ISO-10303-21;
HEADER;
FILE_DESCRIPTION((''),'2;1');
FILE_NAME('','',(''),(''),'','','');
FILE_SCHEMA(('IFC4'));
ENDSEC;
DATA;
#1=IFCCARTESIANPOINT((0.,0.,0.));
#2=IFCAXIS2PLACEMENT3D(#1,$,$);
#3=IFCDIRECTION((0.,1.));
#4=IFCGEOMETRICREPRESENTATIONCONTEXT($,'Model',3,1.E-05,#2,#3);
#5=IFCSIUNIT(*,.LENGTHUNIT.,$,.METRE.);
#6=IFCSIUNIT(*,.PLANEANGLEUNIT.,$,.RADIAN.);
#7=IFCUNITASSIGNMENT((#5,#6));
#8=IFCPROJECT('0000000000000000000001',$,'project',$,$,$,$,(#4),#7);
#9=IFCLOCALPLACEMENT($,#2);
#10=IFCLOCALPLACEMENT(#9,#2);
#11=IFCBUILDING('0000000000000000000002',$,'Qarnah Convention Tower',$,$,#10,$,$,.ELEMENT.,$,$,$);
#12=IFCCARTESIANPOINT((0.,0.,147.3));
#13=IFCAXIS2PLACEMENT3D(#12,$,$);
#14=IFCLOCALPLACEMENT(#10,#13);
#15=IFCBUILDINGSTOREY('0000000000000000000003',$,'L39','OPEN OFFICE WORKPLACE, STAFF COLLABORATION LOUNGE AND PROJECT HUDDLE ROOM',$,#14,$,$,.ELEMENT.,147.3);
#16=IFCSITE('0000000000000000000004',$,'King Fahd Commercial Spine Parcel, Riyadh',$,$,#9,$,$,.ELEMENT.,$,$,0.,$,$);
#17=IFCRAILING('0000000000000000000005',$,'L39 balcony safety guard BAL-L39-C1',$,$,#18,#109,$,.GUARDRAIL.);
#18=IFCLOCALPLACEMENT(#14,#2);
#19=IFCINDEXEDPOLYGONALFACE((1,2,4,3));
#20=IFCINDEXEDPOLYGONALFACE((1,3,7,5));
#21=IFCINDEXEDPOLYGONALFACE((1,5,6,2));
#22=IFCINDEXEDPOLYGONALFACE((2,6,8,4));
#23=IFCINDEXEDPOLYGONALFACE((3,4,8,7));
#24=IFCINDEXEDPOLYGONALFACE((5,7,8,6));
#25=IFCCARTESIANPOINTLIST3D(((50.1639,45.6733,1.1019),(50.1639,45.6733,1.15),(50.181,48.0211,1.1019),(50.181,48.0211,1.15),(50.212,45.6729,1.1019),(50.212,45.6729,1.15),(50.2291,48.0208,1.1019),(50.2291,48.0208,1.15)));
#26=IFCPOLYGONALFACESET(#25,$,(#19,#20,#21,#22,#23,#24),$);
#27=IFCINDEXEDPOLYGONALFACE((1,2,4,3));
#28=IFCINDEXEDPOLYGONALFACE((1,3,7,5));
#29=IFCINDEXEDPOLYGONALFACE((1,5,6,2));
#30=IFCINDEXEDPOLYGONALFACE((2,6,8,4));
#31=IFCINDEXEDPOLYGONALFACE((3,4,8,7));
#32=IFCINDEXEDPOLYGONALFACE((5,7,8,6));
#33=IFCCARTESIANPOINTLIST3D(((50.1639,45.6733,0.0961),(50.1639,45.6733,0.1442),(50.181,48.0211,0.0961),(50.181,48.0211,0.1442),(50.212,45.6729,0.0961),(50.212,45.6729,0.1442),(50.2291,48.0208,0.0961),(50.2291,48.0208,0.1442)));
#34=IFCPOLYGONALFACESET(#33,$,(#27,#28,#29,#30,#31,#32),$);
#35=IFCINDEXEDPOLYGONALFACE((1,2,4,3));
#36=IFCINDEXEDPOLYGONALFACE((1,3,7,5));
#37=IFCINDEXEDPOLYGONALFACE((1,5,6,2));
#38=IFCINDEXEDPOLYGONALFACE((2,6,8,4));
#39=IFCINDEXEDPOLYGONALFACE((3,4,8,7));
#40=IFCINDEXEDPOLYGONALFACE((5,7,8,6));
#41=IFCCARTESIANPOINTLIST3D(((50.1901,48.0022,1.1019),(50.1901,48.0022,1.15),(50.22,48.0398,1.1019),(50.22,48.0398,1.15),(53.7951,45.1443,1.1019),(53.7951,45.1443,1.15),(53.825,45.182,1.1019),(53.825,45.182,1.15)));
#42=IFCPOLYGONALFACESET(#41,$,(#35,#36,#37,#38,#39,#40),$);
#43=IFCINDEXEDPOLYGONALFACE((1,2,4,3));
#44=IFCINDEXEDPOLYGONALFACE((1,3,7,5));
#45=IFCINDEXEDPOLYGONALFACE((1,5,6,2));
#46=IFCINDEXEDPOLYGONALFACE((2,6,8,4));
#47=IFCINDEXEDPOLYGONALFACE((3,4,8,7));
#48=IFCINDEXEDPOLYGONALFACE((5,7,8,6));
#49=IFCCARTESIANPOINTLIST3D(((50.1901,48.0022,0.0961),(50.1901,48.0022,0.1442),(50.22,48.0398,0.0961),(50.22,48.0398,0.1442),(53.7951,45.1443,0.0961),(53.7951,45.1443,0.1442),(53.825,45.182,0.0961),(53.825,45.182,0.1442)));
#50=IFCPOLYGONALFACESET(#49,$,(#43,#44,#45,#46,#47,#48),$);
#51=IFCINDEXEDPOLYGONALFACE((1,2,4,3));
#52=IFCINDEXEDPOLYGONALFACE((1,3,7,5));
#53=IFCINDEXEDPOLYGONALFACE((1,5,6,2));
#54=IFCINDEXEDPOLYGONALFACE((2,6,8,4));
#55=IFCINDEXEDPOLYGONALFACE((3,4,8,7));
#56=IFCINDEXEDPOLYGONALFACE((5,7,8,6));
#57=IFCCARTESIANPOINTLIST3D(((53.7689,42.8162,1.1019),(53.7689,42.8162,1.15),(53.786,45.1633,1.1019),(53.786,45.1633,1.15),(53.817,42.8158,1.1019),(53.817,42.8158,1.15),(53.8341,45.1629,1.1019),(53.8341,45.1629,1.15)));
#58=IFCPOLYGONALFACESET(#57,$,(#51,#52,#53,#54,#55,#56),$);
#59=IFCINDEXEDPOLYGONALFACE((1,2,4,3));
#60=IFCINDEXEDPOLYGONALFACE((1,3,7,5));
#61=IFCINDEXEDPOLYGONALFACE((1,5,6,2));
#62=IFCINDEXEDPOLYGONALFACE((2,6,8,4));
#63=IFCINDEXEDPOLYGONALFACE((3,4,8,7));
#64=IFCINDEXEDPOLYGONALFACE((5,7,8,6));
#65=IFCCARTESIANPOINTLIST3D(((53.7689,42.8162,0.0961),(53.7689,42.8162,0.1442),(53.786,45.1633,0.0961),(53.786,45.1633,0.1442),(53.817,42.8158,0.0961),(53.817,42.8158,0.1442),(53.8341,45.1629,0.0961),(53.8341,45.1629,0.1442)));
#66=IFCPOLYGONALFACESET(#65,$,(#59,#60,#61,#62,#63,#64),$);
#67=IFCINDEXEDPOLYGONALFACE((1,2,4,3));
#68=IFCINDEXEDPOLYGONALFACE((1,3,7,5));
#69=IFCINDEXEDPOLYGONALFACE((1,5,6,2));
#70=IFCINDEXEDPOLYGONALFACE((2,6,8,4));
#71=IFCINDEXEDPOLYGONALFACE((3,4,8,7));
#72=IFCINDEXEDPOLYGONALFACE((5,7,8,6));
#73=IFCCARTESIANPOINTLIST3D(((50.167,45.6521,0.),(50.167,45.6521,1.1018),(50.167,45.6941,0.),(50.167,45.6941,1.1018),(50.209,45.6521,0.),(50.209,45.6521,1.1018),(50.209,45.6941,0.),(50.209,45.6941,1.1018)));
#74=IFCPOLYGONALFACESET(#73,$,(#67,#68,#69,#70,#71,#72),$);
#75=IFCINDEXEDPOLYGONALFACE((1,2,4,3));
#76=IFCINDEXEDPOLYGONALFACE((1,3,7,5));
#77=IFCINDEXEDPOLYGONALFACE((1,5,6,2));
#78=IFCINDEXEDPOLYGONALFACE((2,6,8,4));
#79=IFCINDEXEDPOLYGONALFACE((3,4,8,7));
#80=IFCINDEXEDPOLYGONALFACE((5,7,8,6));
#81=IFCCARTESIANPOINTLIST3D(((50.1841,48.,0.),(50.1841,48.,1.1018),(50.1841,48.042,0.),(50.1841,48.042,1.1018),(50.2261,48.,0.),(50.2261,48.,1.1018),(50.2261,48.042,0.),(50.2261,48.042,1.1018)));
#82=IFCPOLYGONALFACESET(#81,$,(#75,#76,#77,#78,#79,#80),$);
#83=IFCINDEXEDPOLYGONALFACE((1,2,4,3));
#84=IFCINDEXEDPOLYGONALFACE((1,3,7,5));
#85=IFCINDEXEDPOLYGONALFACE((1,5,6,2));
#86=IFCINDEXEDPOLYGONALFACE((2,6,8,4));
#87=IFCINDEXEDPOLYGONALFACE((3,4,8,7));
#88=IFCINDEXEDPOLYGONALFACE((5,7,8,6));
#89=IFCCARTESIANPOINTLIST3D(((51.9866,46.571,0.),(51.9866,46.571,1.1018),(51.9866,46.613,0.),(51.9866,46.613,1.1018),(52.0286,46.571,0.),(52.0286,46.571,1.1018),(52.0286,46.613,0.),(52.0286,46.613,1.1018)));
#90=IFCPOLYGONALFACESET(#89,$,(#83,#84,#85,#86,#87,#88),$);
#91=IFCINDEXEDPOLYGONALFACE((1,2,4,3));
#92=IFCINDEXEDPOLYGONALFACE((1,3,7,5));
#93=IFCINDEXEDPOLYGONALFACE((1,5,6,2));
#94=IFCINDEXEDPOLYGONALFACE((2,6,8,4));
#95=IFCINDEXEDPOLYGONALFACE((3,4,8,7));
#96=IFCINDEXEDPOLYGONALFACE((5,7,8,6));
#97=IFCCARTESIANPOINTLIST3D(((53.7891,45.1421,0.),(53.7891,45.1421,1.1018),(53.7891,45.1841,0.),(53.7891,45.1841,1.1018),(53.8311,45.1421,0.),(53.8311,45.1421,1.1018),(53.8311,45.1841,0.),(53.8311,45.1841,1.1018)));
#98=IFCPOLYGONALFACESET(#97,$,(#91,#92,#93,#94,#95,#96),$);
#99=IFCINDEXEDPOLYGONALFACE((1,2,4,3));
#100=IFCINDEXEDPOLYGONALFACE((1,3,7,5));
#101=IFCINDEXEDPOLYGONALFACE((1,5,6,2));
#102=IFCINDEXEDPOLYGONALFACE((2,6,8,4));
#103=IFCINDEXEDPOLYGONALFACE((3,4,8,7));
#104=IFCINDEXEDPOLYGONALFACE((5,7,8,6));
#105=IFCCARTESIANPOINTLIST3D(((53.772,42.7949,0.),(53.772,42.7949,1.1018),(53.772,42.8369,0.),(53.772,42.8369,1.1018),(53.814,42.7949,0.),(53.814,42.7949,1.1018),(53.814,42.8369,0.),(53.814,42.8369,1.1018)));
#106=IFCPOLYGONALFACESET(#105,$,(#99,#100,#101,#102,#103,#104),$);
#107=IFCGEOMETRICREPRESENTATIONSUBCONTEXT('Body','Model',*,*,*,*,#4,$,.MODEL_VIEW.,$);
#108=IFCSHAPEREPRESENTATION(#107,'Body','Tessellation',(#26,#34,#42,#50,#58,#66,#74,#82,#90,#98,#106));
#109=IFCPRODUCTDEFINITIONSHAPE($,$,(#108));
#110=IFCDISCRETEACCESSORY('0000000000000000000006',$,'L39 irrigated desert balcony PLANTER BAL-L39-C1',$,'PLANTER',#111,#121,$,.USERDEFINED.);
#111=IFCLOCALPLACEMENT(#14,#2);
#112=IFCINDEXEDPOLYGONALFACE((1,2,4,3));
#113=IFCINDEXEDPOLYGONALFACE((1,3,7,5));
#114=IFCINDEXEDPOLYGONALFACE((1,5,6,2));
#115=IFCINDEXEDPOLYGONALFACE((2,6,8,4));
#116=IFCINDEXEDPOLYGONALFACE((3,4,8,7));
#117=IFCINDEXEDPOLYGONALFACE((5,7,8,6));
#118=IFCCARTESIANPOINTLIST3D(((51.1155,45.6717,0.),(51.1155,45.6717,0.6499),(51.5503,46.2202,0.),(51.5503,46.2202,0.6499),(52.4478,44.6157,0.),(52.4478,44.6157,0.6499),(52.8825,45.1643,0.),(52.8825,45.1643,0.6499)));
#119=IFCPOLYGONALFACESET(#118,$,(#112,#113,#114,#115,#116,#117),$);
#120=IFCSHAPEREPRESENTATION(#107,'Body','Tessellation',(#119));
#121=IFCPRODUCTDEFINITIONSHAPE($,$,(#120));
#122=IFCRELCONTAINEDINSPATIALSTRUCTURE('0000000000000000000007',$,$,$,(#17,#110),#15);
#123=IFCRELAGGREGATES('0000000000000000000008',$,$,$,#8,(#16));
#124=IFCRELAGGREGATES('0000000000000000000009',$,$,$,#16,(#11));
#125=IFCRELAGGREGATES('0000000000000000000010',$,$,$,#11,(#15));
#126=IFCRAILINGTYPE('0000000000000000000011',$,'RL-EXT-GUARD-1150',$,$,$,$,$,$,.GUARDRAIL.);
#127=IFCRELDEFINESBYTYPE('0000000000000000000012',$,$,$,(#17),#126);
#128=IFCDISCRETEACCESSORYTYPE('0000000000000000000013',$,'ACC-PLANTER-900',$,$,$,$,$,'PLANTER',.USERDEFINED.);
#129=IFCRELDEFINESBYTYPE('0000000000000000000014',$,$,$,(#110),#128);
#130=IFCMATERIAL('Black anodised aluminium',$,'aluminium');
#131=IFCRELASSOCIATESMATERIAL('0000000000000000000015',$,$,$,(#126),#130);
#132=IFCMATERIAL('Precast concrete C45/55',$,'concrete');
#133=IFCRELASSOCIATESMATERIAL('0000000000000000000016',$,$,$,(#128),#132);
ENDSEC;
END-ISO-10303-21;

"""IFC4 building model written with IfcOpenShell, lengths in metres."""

from ifc_helpers import new_model, si_unit, direction, frame, origin, origin_2d, place, context, subcontext, project, spatial, rectangle, extrude, material, type_object, element, save


model = new_model("IFC4")

# Units and contexts
model_context = context("Model", 3, precision=1e-05, world=origin(), true_north=direction((0.0, 1.0)))
body_context = subcontext(model_context, "Body", "Model", "MODEL_VIEW")
ifc_project = project(units=[si_unit("LENGTHUNIT", "METRE"), si_unit("PLANEANGLEUNIT", "RADIAN")], contexts=[model_context])

# Site, building, storey
site_placement = place(None, origin())
site = spatial("IfcSite", under=ifc_project, at=site_placement, Name="King Fahd Commercial Spine Parcel, Riyadh", CompositionType="ELEMENT", RefElevation=0.0)
building_placement = place(site_placement, origin())
building = spatial("IfcBuilding", under=site, at=building_placement, Name="Qarnah Convention Tower", CompositionType="ELEMENT")
storey_placement = place(building_placement, frame((0.0, 0.0, 147.3)))
storey = spatial("IfcBuildingStorey", under=building, at=storey_placement, Name="L39", Description="OPEN OFFICE WORKPLACE, STAFF COLLABORATION LOUNGE AND PROJECT HUDDLE ROOM", CompositionType="ELEMENT", Elevation=147.3)

# Shared definitions
ifc_material_1 = material(Name="Black anodised aluminium", Category="aluminium")

# Shared definitions
ifc_material_2 = material(Name="Precast concrete C45/55", Category="concrete")

# Railing
railing_type = type_object("IfcRailingType", Name="RL-EXT-GUARD-1150", PredefinedType="GUARDRAIL", material=ifc_material_1)
railing_1_placement = place(storey_placement, frame((50.188, 45.6731, 0.0)))
element("IfcRailing", 1, at=railing_1_placement, inside=storey, type_object=railing_type, Name="L39 balcony safety guard BAL-L39-C1", PredefinedType="GUARDRAIL", context=body_context, shape_type="SweptSolid", body=[
    extrude(rectangle(XDim=0.0481, YDim=0.0481, at=origin_2d()), frame((0.0, 0.0, 1.126), z_axis=(0.007279, 0.999974, 0.0), x_axis=(-0.999974, 0.007279, 0.0)), (0.0, 0.0, 1.0), 2.3479),
    extrude(rectangle(XDim=0.0481, YDim=0.0481, at=origin_2d()), frame((0.0, 0.0, 0.1201), z_axis=(0.007279, 0.999974, 0.0), x_axis=(-0.999974, 0.007279, 0.0)), (0.0, 0.0, 1.0), 2.3479),
    extrude(rectangle(XDim=0.0481, YDim=0.0481, at=origin_2d()), frame((0.0171, 2.3479, 1.126), z_axis=(0.783626, -0.621233, 0.0), x_axis=(0.621233, 0.783626, 0.0)), (0.0, 0.0, 1.0), 4.6003),
    extrude(rectangle(XDim=0.0481, YDim=0.0481, at=origin_2d()), frame((0.0171, 2.3479, 0.1201), z_axis=(0.783626, -0.621233, 0.0), x_axis=(0.621233, 0.783626, 0.0)), (0.0, 0.0, 1.0), 4.6003),
    extrude(rectangle(XDim=0.0481, YDim=0.0481, at=origin_2d()), frame((3.6221, -0.51, 1.126), z_axis=(-0.007281, -0.999973, 0.0), x_axis=(0.999973, -0.007281, 0.0)), (0.0, 0.0, 1.0), 2.3472),
    extrude(rectangle(XDim=0.0481, YDim=0.0481, at=origin_2d()), frame((3.6221, -0.51, 0.1201), z_axis=(-0.007281, -0.999973, 0.0), x_axis=(0.999973, -0.007281, 0.0)), (0.0, 0.0, 1.0), 2.3472),
    extrude(rectangle(XDim=0.042, YDim=0.042, at=origin_2d()), origin(), (0.0, 0.0, 1.0), 1.1018),
    extrude(rectangle(XDim=0.042, YDim=0.042, at=origin_2d()), frame((0.0171, 2.3479, 0.0)), (0.0, 0.0, 1.0), 1.1018),
    extrude(rectangle(XDim=0.042, YDim=0.042, at=origin_2d()), frame((1.8196, 0.9189, 0.0)), (0.0, 0.0, 1.0), 1.1018),
    extrude(rectangle(XDim=0.042, YDim=0.042, at=origin_2d()), frame((3.6221, -0.51, 0.0)), (0.0, 0.0, 1.0), 1.1018),
    extrude(rectangle(XDim=0.042, YDim=0.042, at=origin_2d()), frame((3.605, -2.8572, 0.0)), (0.0, 0.0, 1.0), 1.1018),
])

# Discrete accessory
discrete_accessory_type = type_object("IfcDiscreteAccessoryType", Name="ACC-PLANTER-900", ElementType="PLANTER", PredefinedType="USERDEFINED", material=ifc_material_2)
discrete_accessory_placement = place(storey_placement, frame((51.999, 45.418, 0.0), z_axis=(0.0, 0.0, 1.0), x_axis=(-0.783693, 0.621148, 0.0)))
element("IfcDiscreteAccessory", 2, at=discrete_accessory_placement, inside=storey, type_object=discrete_accessory_type, Name="L39 irrigated desert balcony PLANTER BAL-L39-C1", ObjectType="PLANTER", PredefinedType="USERDEFINED", context=body_context, shape_type="SweptSolid", body=[
    extrude(rectangle(XDim=1.7, YDim=0.7, at=origin_2d()), origin(), (0.0, 0.0, 1.0), 0.6499),
])

save(model, "model.ifc")
